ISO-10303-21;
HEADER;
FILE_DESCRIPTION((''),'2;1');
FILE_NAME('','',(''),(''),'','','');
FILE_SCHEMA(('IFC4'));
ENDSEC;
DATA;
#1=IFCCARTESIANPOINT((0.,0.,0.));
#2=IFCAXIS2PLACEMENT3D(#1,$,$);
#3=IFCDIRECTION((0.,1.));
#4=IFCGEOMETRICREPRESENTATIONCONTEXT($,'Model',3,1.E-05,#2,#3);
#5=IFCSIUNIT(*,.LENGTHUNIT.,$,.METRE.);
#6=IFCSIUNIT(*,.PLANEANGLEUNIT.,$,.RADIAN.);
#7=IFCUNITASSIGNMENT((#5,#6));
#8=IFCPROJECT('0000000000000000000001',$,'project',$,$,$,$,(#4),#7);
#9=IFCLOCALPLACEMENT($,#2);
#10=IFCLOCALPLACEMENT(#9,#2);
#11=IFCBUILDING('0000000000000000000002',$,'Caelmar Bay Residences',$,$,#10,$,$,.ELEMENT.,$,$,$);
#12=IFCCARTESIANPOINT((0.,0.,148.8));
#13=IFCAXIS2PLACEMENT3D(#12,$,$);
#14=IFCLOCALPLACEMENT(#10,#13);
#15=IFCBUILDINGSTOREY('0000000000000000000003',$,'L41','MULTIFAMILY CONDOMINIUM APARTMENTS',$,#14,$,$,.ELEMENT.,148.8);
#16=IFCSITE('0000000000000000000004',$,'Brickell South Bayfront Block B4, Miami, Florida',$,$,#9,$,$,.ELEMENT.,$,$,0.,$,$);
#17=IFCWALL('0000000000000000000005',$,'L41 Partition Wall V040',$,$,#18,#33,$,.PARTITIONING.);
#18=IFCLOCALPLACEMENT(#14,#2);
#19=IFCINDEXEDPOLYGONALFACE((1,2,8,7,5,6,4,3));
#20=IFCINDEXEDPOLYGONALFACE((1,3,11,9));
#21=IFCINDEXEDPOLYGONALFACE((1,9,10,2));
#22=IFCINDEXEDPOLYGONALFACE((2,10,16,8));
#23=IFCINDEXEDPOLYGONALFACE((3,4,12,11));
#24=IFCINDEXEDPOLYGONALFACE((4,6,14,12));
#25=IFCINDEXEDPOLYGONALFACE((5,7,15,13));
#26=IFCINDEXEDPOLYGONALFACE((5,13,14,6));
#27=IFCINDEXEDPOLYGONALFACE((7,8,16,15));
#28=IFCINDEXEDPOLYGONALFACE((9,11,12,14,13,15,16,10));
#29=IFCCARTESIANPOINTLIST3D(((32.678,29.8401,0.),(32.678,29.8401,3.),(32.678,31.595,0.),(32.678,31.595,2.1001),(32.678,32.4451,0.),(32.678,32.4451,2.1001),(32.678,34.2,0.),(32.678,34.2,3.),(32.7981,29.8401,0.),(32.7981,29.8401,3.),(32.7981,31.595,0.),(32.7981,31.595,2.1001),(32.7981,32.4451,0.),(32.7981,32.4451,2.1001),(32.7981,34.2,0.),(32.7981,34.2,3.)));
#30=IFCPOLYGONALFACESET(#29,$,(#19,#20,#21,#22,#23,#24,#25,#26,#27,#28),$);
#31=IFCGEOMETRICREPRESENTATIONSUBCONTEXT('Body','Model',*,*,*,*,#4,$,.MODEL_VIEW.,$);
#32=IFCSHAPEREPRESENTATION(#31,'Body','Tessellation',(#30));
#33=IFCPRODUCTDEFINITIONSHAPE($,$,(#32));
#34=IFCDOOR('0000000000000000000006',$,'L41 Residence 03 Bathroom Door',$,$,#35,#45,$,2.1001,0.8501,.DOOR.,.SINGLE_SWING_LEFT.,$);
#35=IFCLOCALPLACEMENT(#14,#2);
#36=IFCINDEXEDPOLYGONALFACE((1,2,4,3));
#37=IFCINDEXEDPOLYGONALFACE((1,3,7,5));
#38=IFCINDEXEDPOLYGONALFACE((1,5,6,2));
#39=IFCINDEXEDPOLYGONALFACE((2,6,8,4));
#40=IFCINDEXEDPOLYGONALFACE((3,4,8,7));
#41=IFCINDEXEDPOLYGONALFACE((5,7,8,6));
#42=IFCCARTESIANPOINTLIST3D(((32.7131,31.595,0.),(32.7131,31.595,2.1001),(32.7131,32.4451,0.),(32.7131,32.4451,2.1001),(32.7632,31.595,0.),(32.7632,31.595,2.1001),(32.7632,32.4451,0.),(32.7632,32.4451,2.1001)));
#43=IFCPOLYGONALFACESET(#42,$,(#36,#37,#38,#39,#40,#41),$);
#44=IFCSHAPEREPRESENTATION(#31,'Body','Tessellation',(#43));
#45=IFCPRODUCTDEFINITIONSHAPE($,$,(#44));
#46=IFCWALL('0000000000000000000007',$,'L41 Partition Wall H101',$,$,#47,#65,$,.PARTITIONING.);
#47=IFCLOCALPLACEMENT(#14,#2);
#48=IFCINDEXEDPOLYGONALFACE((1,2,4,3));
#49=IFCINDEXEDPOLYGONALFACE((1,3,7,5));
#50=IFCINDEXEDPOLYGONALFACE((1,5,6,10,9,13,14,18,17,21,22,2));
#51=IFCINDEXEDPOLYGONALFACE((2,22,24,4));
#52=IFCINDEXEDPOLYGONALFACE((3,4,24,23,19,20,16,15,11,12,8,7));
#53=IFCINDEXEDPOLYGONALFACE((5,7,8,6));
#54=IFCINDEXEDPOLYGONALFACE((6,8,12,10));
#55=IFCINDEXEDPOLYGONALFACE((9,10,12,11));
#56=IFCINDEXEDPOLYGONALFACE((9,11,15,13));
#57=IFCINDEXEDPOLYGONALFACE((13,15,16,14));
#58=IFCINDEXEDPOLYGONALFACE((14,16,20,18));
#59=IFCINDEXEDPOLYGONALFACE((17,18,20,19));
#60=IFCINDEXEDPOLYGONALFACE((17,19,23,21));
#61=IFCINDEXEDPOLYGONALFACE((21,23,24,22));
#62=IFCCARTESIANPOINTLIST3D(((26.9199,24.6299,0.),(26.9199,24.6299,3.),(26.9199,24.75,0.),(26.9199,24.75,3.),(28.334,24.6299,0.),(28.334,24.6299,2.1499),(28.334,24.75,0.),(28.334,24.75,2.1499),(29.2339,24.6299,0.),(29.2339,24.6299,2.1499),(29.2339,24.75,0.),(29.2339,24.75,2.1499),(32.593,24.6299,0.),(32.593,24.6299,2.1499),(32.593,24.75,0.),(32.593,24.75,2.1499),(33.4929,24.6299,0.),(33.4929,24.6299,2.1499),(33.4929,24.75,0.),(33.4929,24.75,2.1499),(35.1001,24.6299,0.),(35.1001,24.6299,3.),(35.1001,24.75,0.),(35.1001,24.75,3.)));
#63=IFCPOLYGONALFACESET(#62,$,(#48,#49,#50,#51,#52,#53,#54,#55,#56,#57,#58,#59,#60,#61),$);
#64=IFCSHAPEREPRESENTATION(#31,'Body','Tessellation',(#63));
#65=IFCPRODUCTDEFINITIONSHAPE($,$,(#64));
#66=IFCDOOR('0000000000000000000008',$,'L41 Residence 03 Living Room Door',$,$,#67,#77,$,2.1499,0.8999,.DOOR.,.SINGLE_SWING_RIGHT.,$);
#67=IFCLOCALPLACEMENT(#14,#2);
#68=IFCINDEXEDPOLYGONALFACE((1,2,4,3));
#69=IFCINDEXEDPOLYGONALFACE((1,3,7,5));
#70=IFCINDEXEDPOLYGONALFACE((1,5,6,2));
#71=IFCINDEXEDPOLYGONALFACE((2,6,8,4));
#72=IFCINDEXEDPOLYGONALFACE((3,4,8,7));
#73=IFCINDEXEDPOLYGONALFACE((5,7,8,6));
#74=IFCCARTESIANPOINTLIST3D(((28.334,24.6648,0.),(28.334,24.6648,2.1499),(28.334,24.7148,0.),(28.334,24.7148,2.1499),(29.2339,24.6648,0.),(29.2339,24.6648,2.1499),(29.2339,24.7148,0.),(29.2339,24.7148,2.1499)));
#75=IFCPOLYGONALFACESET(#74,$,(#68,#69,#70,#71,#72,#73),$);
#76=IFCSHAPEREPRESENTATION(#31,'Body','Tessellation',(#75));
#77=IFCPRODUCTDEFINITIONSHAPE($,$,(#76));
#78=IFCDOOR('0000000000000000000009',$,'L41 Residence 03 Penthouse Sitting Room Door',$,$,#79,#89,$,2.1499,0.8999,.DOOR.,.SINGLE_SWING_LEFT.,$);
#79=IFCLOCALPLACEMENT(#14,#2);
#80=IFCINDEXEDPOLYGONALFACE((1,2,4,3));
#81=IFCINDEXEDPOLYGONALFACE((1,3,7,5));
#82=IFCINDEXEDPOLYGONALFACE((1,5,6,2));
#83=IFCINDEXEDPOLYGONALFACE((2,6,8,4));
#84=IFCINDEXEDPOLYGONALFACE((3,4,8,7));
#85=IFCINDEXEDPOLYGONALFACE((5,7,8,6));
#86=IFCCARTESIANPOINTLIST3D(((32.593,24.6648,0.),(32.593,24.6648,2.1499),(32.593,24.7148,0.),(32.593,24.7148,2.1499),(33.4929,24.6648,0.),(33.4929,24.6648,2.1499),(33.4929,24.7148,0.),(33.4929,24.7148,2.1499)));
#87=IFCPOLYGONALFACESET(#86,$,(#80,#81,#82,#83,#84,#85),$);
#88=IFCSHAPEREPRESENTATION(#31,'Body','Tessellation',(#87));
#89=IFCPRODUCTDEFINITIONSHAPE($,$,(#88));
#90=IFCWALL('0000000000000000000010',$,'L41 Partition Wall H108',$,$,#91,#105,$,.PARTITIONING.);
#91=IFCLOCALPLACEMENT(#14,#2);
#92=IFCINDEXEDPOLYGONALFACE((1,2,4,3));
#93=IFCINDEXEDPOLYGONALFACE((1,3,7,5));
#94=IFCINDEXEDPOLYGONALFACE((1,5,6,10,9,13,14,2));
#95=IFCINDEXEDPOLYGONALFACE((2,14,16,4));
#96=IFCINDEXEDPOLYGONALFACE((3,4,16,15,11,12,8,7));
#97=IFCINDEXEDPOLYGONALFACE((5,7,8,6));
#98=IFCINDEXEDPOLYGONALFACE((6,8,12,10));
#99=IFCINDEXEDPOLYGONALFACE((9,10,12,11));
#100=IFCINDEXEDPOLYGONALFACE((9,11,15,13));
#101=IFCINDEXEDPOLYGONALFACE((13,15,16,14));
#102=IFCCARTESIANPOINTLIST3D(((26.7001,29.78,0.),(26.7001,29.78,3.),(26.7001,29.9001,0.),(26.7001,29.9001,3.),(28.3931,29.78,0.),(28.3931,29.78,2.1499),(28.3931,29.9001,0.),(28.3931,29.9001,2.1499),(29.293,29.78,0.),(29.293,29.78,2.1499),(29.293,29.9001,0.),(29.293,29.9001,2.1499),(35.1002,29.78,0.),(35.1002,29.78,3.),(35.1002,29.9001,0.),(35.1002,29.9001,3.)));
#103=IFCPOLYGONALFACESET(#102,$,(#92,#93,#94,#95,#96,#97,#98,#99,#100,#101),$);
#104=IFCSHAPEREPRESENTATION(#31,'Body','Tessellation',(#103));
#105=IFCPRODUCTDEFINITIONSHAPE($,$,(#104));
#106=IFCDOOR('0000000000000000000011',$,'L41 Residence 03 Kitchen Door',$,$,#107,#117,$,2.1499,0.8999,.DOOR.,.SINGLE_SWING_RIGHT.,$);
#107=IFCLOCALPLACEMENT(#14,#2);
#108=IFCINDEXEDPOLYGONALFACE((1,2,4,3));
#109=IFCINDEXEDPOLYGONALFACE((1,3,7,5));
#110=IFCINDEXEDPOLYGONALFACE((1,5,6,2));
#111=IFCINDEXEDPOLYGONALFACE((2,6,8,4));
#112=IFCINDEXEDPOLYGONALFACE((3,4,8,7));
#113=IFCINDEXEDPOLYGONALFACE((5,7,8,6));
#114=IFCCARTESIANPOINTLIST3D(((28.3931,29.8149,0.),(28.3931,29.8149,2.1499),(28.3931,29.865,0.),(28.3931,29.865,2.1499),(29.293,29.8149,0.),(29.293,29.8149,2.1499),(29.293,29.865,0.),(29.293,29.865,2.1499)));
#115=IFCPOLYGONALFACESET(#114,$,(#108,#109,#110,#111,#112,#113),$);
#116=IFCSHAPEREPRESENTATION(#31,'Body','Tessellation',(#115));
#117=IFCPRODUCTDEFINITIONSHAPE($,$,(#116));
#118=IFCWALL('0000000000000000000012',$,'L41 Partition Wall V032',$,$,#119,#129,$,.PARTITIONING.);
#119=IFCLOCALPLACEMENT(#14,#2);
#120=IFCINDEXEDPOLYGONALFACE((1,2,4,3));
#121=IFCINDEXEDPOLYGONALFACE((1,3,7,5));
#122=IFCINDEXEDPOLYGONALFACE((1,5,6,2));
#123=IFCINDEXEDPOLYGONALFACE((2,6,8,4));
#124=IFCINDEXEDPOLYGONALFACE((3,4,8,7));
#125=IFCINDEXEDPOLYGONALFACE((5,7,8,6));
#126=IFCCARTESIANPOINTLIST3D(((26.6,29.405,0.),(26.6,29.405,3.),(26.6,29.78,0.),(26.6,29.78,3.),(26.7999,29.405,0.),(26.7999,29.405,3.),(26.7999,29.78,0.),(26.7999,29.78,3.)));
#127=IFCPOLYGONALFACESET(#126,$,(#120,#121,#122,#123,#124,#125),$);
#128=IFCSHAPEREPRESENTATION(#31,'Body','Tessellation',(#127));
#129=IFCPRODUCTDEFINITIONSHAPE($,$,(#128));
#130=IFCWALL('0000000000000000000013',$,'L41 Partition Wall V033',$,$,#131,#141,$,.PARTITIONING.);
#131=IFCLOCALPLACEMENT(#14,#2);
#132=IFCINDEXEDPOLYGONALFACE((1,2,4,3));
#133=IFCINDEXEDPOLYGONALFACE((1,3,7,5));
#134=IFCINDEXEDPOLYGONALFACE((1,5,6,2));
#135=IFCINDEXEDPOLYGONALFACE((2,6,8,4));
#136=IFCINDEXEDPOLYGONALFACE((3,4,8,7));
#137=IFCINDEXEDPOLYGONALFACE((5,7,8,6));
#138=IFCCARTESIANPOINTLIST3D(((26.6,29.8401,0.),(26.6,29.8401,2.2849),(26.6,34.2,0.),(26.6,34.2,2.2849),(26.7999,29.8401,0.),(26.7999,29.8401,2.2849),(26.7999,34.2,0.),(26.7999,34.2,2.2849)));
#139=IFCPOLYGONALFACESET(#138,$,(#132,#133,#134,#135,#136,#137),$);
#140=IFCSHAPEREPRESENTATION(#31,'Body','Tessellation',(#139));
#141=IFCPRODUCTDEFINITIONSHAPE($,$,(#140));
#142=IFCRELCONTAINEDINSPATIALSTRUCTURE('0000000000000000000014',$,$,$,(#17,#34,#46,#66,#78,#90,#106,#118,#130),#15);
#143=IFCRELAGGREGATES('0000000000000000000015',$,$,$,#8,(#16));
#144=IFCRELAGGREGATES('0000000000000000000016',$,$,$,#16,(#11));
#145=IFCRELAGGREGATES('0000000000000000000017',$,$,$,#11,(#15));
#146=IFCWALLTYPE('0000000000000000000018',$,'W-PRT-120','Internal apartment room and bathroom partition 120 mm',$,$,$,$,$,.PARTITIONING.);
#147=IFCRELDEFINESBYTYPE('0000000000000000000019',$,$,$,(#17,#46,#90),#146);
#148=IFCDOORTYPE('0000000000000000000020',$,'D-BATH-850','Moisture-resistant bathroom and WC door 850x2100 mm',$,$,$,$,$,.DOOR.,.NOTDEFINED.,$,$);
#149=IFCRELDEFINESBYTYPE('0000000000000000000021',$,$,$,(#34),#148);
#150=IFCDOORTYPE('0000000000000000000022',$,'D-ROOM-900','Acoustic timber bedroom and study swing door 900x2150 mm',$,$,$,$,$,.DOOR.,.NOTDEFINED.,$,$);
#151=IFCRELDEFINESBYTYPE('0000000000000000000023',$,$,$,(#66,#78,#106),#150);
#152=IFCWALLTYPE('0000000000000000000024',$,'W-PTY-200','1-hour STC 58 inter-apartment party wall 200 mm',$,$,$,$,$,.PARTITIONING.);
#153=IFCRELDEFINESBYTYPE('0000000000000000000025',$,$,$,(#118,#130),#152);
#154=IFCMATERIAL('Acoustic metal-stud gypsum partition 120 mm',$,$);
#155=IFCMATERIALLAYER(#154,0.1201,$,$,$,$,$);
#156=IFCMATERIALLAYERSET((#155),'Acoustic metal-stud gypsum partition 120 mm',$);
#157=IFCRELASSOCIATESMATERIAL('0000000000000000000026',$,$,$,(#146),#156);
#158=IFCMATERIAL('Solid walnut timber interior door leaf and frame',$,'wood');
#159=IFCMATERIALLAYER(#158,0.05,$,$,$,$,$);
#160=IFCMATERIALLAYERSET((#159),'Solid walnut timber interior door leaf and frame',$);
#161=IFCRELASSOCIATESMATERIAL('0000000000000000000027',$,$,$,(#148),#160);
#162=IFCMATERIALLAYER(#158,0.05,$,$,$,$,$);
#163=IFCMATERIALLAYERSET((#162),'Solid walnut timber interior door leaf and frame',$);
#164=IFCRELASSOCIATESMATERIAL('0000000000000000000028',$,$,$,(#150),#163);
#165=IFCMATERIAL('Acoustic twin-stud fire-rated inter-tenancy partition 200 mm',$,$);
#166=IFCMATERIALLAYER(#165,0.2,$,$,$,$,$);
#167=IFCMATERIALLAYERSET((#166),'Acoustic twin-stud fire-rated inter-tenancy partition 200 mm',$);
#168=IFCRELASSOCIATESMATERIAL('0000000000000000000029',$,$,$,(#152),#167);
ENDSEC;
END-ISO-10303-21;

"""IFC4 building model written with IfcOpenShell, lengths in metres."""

from ifc_helpers import new_model, si_unit, direction, frame, frame_2d, origin, place, context, subcontext, project, spatial, rectangle, extrude, material, layer, layer_set, type_object, element, fill, save


model = new_model("IFC4")

# Units and contexts
model_context = context("Model", 3, precision=1e-05, world=origin(), true_north=direction((0.0, 1.0)))
body_context = subcontext(model_context, "Body", "Model", "MODEL_VIEW")
ifc_project = project(units=[si_unit("LENGTHUNIT", "METRE"), si_unit("PLANEANGLEUNIT", "RADIAN")], contexts=[model_context])

# Site, building, storey
site_placement = place(None, origin())
site = spatial("IfcSite", under=ifc_project, at=site_placement, Name="Brickell South Bayfront Block B4, Miami, Florida", CompositionType="ELEMENT", RefElevation=0.0)
building_placement = place(site_placement, origin())
building = spatial("IfcBuilding", under=site, at=building_placement, Name="Caelmar Bay Residences", CompositionType="ELEMENT")
storey_placement = place(building_placement, frame((0.0, 0.0, 148.8)))
storey = spatial("IfcBuildingStorey", under=building, at=storey_placement, Name="L41", Description="MULTIFAMILY CONDOMINIUM APARTMENTS", CompositionType="ELEMENT", Elevation=148.8)

# Shared definitions
ifc_material_1 = material(Name="Acoustic metal-stud gypsum partition 120 mm")
ifc_layer_1 = layer(ifc_material_1, 0.1201)
ifc_layer_set_1 = layer_set([ifc_layer_1], Name="Acoustic metal-stud gypsum partition 120 mm")
wall_type_1 = type_object("IfcWallType", Name="W-PRT-120", Description="Internal apartment room and bathroom partition 120 mm", PredefinedType="PARTITIONING", material=ifc_layer_set_1)

# Wall, opening, door
ifc_material_2 = material(Name="Solid walnut timber interior door leaf and frame", Category="wood")
ifc_layer_2 = layer(ifc_material_2, 0.05)
ifc_layer_set_2 = layer_set([ifc_layer_2], Name="Solid walnut timber interior door leaf and frame")
door_type_1 = type_object("IfcDoorType", Name="D-BATH-850", Description="Moisture-resistant bathroom and WC door 850x2100 mm", OperationType="NOTDEFINED", PredefinedType="DOOR", material=ifc_layer_set_2)
ifc_layer_3 = layer(ifc_material_2, 0.05)
ifc_layer_set_3 = layer_set([ifc_layer_3], Name="Solid walnut timber interior door leaf and frame")
door_type_2 = type_object("IfcDoorType", Name="D-ROOM-900", Description="Acoustic timber bedroom and study swing door 900x2150 mm", OperationType="NOTDEFINED", PredefinedType="DOOR", material=ifc_layer_set_3)
wall_1_placement = place(storey_placement, frame((32.738, 29.8401, 0.0), z_axis=(0.0, 0.0, 1.0), x_axis=(0.0, 1.0, 0.0)))
wall_1 = element("IfcWall", 1, at=wall_1_placement, inside=storey, type_object=wall_type_1, Name="L41 Partition Wall V040", PredefinedType="PARTITIONING", context=body_context, shape_type="SweptSolid", body=[
    extrude(rectangle(XDim=4.3599, YDim=0.1201, at=frame_2d((2.1799, 0.0))), origin(), (0.0, 0.0, 1.0), 3.0),
])
opening_1_placement = place(wall_1_placement, frame((1.7549, 0.0, 0.0)))
opening_1 = element("IfcOpeningElement", 2, at=opening_1_placement, cuts=wall_1, PredefinedType="OPENING", context=body_context, shape_type="SweptSolid", body=[
    extrude(rectangle(XDim=0.8501, YDim=2.1001, at=frame_2d((0.425, 1.05))), frame((0.0, 0.0701, 0.0), z_axis=(0.0, -1.0, 0.0), x_axis=(1.0, 0.0, 0.0)), (0.0, 0.0, 1.0), 0.1401),
])
door_1_placement = place(opening_1_placement, origin())
door_1 = element("IfcDoor", 3, at=door_1_placement, inside=storey, type_object=door_type_1, Name="L41 Residence 03 Bathroom Door", OperationType="SINGLE_SWING_LEFT", OverallHeight=2.1001, OverallWidth=0.8501, PredefinedType="DOOR", context=body_context, shape_type="SweptSolid", body=[
    extrude(rectangle(XDim=0.8501, YDim=2.1001, at=frame_2d((0.425, 1.05))), frame((0.0, 0.0249, 0.0), z_axis=(0.0, -1.0, 0.0), x_axis=(1.0, 0.0, 0.0)), (0.0, 0.0, 1.0), 0.05),
])
fill(opening_1, door_1)

# Wall, openings, doors
wall_2_placement = place(storey_placement, frame((26.9199, 24.6899, 0.0), z_axis=(0.0, 0.0, 1.0), x_axis=(1.0, 0.0, 0.0)))
wall_2 = element("IfcWall", 4, at=wall_2_placement, inside=storey, type_object=wall_type_1, Name="L41 Partition Wall H101", PredefinedType="PARTITIONING", context=body_context, shape_type="SweptSolid", body=[
    extrude(rectangle(XDim=8.1802, YDim=0.1201, at=frame_2d((4.0901, 0.0))), origin(), (0.0, 0.0, 1.0), 3.0),
])
opening_2_placement = place(wall_2_placement, frame((1.4141, 0.0, 0.0)))
opening_2 = element("IfcOpeningElement", 5, at=opening_2_placement, cuts=wall_2, PredefinedType="OPENING", context=body_context, shape_type="SweptSolid", body=[
    extrude(rectangle(XDim=0.8999, YDim=2.1499, at=frame_2d((0.45, 1.075))), frame((0.0, 0.0701, 0.0), z_axis=(0.0, -1.0, 0.0), x_axis=(1.0, 0.0, 0.0)), (0.0, 0.0, 1.0), 0.1401),
])
opening_3_placement = place(wall_2_placement, frame((5.6731, 0.0, 0.0)))
opening_3 = element("IfcOpeningElement", 6, at=opening_3_placement, cuts=wall_2, PredefinedType="OPENING", context=body_context, shape_type="SweptSolid", body=[
    extrude(rectangle(XDim=0.8999, YDim=2.1499, at=frame_2d((0.45, 1.075))), frame((0.0, 0.0701, 0.0), z_axis=(0.0, -1.0, 0.0), x_axis=(1.0, 0.0, 0.0)), (0.0, 0.0, 1.0), 0.1401),
])
door_2_placement = place(opening_2_placement, origin())
door_2 = element("IfcDoor", 7, at=door_2_placement, inside=storey, type_object=door_type_2, Name="L41 Residence 03 Living Room Door", OperationType="SINGLE_SWING_RIGHT", OverallHeight=2.1499, OverallWidth=0.8999, PredefinedType="DOOR", context=body_context, shape_type="SweptSolid", body=[
    extrude(rectangle(XDim=0.8999, YDim=2.1499, at=frame_2d((0.45, 1.075))), frame((0.0, 0.0249, 0.0), z_axis=(0.0, -1.0, 0.0), x_axis=(1.0, 0.0, 0.0)), (0.0, 0.0, 1.0), 0.05),
])
fill(opening_2, door_2)
door_3_placement = place(opening_3_placement, origin())
door_3 = element("IfcDoor", 8, at=door_3_placement, inside=storey, type_object=door_type_2, Name="L41 Residence 03 Penthouse Sitting Room Door", OperationType="SINGLE_SWING_LEFT", OverallHeight=2.1499, OverallWidth=0.8999, PredefinedType="DOOR", context=body_context, shape_type="SweptSolid", body=[
    extrude(rectangle(XDim=0.8999, YDim=2.1499, at=frame_2d((0.45, 1.075))), frame((0.0, 0.0249, 0.0), z_axis=(0.0, -1.0, 0.0), x_axis=(1.0, 0.0, 0.0)), (0.0, 0.0, 1.0), 0.05),
])
fill(opening_3, door_3)

# Wall, opening, door
wall_3_placement = place(storey_placement, frame((26.7, 29.8401, 0.0), z_axis=(0.0, 0.0, 1.0), x_axis=(1.0, 0.0, 0.0)))
wall_3 = element("IfcWall", 9, at=wall_3_placement, inside=storey, type_object=wall_type_1, Name="L41 Partition Wall H108", PredefinedType="PARTITIONING", context=body_context, shape_type="SweptSolid", body=[
    extrude(rectangle(XDim=8.4001, YDim=0.1201, at=frame_2d((4.2002, 0.0))), origin(), (0.0, 0.0, 1.0), 3.0),
])
opening_4_placement = place(wall_3_placement, frame((1.6931, 0.0, 0.0)))
opening_4 = element("IfcOpeningElement", 10, at=opening_4_placement, cuts=wall_3, PredefinedType="OPENING", context=body_context, shape_type="SweptSolid", body=[
    extrude(rectangle(XDim=0.8999, YDim=2.1499, at=frame_2d((0.45, 1.075))), frame((0.0, 0.0701, 0.0), z_axis=(0.0, -1.0, 0.0), x_axis=(1.0, 0.0, 0.0)), (0.0, 0.0, 1.0), 0.1401),
])
door_4_placement = place(opening_4_placement, origin())
door_4 = element("IfcDoor", 11, at=door_4_placement, inside=storey, type_object=door_type_2, Name="L41 Residence 03 Kitchen Door", OperationType="SINGLE_SWING_RIGHT", OverallHeight=2.1499, OverallWidth=0.8999, PredefinedType="DOOR", context=body_context, shape_type="SweptSolid", body=[
    extrude(rectangle(XDim=0.8999, YDim=2.1499, at=frame_2d((0.45, 1.075))), frame((0.0, 0.0249, 0.0), z_axis=(0.0, -1.0, 0.0), x_axis=(1.0, 0.0, 0.0)), (0.0, 0.0, 1.0), 0.05),
])
fill(opening_4, door_4)

# Walls
ifc_material_3 = material(Name="Acoustic twin-stud fire-rated inter-tenancy partition 200 mm")
ifc_layer_4 = layer(ifc_material_3, 0.2)
ifc_layer_set_4 = layer_set([ifc_layer_4], Name="Acoustic twin-stud fire-rated inter-tenancy partition 200 mm")
wall_type_2 = type_object("IfcWallType", Name="W-PTY-200", Description="1-hour STC 58 inter-apartment party wall 200 mm", PredefinedType="PARTITIONING", material=ifc_layer_set_4)
wall_4_placement = place(storey_placement, frame((26.7, 29.405, 0.0), z_axis=(0.0, 0.0, 1.0), x_axis=(0.0, 1.0, 0.0)))
element("IfcWall", 12, at=wall_4_placement, inside=storey, type_object=wall_type_2, Name="L41 Partition Wall V032", PredefinedType="PARTITIONING", context=body_context, shape_type="SweptSolid", body=[
    extrude(rectangle(XDim=0.375, YDim=0.2, at=frame_2d((0.1875, 0.0))), origin(), (0.0, 0.0, 1.0), 3.0),
])
wall_5_placement = place(storey_placement, frame((26.7, 29.8401, 0.0), z_axis=(0.0, 0.0, 1.0), x_axis=(0.0, 1.0, 0.0)))
element("IfcWall", 13, at=wall_5_placement, inside=storey, type_object=wall_type_2, Name="L41 Partition Wall V033", PredefinedType="PARTITIONING", context=body_context, shape_type="SweptSolid", body=[
    extrude(rectangle(XDim=4.3599, YDim=0.2, at=frame_2d((2.1799, 0.0))), origin(), (0.0, 0.0, 1.0), 2.2849),
])

save(model, "model.ifc")
